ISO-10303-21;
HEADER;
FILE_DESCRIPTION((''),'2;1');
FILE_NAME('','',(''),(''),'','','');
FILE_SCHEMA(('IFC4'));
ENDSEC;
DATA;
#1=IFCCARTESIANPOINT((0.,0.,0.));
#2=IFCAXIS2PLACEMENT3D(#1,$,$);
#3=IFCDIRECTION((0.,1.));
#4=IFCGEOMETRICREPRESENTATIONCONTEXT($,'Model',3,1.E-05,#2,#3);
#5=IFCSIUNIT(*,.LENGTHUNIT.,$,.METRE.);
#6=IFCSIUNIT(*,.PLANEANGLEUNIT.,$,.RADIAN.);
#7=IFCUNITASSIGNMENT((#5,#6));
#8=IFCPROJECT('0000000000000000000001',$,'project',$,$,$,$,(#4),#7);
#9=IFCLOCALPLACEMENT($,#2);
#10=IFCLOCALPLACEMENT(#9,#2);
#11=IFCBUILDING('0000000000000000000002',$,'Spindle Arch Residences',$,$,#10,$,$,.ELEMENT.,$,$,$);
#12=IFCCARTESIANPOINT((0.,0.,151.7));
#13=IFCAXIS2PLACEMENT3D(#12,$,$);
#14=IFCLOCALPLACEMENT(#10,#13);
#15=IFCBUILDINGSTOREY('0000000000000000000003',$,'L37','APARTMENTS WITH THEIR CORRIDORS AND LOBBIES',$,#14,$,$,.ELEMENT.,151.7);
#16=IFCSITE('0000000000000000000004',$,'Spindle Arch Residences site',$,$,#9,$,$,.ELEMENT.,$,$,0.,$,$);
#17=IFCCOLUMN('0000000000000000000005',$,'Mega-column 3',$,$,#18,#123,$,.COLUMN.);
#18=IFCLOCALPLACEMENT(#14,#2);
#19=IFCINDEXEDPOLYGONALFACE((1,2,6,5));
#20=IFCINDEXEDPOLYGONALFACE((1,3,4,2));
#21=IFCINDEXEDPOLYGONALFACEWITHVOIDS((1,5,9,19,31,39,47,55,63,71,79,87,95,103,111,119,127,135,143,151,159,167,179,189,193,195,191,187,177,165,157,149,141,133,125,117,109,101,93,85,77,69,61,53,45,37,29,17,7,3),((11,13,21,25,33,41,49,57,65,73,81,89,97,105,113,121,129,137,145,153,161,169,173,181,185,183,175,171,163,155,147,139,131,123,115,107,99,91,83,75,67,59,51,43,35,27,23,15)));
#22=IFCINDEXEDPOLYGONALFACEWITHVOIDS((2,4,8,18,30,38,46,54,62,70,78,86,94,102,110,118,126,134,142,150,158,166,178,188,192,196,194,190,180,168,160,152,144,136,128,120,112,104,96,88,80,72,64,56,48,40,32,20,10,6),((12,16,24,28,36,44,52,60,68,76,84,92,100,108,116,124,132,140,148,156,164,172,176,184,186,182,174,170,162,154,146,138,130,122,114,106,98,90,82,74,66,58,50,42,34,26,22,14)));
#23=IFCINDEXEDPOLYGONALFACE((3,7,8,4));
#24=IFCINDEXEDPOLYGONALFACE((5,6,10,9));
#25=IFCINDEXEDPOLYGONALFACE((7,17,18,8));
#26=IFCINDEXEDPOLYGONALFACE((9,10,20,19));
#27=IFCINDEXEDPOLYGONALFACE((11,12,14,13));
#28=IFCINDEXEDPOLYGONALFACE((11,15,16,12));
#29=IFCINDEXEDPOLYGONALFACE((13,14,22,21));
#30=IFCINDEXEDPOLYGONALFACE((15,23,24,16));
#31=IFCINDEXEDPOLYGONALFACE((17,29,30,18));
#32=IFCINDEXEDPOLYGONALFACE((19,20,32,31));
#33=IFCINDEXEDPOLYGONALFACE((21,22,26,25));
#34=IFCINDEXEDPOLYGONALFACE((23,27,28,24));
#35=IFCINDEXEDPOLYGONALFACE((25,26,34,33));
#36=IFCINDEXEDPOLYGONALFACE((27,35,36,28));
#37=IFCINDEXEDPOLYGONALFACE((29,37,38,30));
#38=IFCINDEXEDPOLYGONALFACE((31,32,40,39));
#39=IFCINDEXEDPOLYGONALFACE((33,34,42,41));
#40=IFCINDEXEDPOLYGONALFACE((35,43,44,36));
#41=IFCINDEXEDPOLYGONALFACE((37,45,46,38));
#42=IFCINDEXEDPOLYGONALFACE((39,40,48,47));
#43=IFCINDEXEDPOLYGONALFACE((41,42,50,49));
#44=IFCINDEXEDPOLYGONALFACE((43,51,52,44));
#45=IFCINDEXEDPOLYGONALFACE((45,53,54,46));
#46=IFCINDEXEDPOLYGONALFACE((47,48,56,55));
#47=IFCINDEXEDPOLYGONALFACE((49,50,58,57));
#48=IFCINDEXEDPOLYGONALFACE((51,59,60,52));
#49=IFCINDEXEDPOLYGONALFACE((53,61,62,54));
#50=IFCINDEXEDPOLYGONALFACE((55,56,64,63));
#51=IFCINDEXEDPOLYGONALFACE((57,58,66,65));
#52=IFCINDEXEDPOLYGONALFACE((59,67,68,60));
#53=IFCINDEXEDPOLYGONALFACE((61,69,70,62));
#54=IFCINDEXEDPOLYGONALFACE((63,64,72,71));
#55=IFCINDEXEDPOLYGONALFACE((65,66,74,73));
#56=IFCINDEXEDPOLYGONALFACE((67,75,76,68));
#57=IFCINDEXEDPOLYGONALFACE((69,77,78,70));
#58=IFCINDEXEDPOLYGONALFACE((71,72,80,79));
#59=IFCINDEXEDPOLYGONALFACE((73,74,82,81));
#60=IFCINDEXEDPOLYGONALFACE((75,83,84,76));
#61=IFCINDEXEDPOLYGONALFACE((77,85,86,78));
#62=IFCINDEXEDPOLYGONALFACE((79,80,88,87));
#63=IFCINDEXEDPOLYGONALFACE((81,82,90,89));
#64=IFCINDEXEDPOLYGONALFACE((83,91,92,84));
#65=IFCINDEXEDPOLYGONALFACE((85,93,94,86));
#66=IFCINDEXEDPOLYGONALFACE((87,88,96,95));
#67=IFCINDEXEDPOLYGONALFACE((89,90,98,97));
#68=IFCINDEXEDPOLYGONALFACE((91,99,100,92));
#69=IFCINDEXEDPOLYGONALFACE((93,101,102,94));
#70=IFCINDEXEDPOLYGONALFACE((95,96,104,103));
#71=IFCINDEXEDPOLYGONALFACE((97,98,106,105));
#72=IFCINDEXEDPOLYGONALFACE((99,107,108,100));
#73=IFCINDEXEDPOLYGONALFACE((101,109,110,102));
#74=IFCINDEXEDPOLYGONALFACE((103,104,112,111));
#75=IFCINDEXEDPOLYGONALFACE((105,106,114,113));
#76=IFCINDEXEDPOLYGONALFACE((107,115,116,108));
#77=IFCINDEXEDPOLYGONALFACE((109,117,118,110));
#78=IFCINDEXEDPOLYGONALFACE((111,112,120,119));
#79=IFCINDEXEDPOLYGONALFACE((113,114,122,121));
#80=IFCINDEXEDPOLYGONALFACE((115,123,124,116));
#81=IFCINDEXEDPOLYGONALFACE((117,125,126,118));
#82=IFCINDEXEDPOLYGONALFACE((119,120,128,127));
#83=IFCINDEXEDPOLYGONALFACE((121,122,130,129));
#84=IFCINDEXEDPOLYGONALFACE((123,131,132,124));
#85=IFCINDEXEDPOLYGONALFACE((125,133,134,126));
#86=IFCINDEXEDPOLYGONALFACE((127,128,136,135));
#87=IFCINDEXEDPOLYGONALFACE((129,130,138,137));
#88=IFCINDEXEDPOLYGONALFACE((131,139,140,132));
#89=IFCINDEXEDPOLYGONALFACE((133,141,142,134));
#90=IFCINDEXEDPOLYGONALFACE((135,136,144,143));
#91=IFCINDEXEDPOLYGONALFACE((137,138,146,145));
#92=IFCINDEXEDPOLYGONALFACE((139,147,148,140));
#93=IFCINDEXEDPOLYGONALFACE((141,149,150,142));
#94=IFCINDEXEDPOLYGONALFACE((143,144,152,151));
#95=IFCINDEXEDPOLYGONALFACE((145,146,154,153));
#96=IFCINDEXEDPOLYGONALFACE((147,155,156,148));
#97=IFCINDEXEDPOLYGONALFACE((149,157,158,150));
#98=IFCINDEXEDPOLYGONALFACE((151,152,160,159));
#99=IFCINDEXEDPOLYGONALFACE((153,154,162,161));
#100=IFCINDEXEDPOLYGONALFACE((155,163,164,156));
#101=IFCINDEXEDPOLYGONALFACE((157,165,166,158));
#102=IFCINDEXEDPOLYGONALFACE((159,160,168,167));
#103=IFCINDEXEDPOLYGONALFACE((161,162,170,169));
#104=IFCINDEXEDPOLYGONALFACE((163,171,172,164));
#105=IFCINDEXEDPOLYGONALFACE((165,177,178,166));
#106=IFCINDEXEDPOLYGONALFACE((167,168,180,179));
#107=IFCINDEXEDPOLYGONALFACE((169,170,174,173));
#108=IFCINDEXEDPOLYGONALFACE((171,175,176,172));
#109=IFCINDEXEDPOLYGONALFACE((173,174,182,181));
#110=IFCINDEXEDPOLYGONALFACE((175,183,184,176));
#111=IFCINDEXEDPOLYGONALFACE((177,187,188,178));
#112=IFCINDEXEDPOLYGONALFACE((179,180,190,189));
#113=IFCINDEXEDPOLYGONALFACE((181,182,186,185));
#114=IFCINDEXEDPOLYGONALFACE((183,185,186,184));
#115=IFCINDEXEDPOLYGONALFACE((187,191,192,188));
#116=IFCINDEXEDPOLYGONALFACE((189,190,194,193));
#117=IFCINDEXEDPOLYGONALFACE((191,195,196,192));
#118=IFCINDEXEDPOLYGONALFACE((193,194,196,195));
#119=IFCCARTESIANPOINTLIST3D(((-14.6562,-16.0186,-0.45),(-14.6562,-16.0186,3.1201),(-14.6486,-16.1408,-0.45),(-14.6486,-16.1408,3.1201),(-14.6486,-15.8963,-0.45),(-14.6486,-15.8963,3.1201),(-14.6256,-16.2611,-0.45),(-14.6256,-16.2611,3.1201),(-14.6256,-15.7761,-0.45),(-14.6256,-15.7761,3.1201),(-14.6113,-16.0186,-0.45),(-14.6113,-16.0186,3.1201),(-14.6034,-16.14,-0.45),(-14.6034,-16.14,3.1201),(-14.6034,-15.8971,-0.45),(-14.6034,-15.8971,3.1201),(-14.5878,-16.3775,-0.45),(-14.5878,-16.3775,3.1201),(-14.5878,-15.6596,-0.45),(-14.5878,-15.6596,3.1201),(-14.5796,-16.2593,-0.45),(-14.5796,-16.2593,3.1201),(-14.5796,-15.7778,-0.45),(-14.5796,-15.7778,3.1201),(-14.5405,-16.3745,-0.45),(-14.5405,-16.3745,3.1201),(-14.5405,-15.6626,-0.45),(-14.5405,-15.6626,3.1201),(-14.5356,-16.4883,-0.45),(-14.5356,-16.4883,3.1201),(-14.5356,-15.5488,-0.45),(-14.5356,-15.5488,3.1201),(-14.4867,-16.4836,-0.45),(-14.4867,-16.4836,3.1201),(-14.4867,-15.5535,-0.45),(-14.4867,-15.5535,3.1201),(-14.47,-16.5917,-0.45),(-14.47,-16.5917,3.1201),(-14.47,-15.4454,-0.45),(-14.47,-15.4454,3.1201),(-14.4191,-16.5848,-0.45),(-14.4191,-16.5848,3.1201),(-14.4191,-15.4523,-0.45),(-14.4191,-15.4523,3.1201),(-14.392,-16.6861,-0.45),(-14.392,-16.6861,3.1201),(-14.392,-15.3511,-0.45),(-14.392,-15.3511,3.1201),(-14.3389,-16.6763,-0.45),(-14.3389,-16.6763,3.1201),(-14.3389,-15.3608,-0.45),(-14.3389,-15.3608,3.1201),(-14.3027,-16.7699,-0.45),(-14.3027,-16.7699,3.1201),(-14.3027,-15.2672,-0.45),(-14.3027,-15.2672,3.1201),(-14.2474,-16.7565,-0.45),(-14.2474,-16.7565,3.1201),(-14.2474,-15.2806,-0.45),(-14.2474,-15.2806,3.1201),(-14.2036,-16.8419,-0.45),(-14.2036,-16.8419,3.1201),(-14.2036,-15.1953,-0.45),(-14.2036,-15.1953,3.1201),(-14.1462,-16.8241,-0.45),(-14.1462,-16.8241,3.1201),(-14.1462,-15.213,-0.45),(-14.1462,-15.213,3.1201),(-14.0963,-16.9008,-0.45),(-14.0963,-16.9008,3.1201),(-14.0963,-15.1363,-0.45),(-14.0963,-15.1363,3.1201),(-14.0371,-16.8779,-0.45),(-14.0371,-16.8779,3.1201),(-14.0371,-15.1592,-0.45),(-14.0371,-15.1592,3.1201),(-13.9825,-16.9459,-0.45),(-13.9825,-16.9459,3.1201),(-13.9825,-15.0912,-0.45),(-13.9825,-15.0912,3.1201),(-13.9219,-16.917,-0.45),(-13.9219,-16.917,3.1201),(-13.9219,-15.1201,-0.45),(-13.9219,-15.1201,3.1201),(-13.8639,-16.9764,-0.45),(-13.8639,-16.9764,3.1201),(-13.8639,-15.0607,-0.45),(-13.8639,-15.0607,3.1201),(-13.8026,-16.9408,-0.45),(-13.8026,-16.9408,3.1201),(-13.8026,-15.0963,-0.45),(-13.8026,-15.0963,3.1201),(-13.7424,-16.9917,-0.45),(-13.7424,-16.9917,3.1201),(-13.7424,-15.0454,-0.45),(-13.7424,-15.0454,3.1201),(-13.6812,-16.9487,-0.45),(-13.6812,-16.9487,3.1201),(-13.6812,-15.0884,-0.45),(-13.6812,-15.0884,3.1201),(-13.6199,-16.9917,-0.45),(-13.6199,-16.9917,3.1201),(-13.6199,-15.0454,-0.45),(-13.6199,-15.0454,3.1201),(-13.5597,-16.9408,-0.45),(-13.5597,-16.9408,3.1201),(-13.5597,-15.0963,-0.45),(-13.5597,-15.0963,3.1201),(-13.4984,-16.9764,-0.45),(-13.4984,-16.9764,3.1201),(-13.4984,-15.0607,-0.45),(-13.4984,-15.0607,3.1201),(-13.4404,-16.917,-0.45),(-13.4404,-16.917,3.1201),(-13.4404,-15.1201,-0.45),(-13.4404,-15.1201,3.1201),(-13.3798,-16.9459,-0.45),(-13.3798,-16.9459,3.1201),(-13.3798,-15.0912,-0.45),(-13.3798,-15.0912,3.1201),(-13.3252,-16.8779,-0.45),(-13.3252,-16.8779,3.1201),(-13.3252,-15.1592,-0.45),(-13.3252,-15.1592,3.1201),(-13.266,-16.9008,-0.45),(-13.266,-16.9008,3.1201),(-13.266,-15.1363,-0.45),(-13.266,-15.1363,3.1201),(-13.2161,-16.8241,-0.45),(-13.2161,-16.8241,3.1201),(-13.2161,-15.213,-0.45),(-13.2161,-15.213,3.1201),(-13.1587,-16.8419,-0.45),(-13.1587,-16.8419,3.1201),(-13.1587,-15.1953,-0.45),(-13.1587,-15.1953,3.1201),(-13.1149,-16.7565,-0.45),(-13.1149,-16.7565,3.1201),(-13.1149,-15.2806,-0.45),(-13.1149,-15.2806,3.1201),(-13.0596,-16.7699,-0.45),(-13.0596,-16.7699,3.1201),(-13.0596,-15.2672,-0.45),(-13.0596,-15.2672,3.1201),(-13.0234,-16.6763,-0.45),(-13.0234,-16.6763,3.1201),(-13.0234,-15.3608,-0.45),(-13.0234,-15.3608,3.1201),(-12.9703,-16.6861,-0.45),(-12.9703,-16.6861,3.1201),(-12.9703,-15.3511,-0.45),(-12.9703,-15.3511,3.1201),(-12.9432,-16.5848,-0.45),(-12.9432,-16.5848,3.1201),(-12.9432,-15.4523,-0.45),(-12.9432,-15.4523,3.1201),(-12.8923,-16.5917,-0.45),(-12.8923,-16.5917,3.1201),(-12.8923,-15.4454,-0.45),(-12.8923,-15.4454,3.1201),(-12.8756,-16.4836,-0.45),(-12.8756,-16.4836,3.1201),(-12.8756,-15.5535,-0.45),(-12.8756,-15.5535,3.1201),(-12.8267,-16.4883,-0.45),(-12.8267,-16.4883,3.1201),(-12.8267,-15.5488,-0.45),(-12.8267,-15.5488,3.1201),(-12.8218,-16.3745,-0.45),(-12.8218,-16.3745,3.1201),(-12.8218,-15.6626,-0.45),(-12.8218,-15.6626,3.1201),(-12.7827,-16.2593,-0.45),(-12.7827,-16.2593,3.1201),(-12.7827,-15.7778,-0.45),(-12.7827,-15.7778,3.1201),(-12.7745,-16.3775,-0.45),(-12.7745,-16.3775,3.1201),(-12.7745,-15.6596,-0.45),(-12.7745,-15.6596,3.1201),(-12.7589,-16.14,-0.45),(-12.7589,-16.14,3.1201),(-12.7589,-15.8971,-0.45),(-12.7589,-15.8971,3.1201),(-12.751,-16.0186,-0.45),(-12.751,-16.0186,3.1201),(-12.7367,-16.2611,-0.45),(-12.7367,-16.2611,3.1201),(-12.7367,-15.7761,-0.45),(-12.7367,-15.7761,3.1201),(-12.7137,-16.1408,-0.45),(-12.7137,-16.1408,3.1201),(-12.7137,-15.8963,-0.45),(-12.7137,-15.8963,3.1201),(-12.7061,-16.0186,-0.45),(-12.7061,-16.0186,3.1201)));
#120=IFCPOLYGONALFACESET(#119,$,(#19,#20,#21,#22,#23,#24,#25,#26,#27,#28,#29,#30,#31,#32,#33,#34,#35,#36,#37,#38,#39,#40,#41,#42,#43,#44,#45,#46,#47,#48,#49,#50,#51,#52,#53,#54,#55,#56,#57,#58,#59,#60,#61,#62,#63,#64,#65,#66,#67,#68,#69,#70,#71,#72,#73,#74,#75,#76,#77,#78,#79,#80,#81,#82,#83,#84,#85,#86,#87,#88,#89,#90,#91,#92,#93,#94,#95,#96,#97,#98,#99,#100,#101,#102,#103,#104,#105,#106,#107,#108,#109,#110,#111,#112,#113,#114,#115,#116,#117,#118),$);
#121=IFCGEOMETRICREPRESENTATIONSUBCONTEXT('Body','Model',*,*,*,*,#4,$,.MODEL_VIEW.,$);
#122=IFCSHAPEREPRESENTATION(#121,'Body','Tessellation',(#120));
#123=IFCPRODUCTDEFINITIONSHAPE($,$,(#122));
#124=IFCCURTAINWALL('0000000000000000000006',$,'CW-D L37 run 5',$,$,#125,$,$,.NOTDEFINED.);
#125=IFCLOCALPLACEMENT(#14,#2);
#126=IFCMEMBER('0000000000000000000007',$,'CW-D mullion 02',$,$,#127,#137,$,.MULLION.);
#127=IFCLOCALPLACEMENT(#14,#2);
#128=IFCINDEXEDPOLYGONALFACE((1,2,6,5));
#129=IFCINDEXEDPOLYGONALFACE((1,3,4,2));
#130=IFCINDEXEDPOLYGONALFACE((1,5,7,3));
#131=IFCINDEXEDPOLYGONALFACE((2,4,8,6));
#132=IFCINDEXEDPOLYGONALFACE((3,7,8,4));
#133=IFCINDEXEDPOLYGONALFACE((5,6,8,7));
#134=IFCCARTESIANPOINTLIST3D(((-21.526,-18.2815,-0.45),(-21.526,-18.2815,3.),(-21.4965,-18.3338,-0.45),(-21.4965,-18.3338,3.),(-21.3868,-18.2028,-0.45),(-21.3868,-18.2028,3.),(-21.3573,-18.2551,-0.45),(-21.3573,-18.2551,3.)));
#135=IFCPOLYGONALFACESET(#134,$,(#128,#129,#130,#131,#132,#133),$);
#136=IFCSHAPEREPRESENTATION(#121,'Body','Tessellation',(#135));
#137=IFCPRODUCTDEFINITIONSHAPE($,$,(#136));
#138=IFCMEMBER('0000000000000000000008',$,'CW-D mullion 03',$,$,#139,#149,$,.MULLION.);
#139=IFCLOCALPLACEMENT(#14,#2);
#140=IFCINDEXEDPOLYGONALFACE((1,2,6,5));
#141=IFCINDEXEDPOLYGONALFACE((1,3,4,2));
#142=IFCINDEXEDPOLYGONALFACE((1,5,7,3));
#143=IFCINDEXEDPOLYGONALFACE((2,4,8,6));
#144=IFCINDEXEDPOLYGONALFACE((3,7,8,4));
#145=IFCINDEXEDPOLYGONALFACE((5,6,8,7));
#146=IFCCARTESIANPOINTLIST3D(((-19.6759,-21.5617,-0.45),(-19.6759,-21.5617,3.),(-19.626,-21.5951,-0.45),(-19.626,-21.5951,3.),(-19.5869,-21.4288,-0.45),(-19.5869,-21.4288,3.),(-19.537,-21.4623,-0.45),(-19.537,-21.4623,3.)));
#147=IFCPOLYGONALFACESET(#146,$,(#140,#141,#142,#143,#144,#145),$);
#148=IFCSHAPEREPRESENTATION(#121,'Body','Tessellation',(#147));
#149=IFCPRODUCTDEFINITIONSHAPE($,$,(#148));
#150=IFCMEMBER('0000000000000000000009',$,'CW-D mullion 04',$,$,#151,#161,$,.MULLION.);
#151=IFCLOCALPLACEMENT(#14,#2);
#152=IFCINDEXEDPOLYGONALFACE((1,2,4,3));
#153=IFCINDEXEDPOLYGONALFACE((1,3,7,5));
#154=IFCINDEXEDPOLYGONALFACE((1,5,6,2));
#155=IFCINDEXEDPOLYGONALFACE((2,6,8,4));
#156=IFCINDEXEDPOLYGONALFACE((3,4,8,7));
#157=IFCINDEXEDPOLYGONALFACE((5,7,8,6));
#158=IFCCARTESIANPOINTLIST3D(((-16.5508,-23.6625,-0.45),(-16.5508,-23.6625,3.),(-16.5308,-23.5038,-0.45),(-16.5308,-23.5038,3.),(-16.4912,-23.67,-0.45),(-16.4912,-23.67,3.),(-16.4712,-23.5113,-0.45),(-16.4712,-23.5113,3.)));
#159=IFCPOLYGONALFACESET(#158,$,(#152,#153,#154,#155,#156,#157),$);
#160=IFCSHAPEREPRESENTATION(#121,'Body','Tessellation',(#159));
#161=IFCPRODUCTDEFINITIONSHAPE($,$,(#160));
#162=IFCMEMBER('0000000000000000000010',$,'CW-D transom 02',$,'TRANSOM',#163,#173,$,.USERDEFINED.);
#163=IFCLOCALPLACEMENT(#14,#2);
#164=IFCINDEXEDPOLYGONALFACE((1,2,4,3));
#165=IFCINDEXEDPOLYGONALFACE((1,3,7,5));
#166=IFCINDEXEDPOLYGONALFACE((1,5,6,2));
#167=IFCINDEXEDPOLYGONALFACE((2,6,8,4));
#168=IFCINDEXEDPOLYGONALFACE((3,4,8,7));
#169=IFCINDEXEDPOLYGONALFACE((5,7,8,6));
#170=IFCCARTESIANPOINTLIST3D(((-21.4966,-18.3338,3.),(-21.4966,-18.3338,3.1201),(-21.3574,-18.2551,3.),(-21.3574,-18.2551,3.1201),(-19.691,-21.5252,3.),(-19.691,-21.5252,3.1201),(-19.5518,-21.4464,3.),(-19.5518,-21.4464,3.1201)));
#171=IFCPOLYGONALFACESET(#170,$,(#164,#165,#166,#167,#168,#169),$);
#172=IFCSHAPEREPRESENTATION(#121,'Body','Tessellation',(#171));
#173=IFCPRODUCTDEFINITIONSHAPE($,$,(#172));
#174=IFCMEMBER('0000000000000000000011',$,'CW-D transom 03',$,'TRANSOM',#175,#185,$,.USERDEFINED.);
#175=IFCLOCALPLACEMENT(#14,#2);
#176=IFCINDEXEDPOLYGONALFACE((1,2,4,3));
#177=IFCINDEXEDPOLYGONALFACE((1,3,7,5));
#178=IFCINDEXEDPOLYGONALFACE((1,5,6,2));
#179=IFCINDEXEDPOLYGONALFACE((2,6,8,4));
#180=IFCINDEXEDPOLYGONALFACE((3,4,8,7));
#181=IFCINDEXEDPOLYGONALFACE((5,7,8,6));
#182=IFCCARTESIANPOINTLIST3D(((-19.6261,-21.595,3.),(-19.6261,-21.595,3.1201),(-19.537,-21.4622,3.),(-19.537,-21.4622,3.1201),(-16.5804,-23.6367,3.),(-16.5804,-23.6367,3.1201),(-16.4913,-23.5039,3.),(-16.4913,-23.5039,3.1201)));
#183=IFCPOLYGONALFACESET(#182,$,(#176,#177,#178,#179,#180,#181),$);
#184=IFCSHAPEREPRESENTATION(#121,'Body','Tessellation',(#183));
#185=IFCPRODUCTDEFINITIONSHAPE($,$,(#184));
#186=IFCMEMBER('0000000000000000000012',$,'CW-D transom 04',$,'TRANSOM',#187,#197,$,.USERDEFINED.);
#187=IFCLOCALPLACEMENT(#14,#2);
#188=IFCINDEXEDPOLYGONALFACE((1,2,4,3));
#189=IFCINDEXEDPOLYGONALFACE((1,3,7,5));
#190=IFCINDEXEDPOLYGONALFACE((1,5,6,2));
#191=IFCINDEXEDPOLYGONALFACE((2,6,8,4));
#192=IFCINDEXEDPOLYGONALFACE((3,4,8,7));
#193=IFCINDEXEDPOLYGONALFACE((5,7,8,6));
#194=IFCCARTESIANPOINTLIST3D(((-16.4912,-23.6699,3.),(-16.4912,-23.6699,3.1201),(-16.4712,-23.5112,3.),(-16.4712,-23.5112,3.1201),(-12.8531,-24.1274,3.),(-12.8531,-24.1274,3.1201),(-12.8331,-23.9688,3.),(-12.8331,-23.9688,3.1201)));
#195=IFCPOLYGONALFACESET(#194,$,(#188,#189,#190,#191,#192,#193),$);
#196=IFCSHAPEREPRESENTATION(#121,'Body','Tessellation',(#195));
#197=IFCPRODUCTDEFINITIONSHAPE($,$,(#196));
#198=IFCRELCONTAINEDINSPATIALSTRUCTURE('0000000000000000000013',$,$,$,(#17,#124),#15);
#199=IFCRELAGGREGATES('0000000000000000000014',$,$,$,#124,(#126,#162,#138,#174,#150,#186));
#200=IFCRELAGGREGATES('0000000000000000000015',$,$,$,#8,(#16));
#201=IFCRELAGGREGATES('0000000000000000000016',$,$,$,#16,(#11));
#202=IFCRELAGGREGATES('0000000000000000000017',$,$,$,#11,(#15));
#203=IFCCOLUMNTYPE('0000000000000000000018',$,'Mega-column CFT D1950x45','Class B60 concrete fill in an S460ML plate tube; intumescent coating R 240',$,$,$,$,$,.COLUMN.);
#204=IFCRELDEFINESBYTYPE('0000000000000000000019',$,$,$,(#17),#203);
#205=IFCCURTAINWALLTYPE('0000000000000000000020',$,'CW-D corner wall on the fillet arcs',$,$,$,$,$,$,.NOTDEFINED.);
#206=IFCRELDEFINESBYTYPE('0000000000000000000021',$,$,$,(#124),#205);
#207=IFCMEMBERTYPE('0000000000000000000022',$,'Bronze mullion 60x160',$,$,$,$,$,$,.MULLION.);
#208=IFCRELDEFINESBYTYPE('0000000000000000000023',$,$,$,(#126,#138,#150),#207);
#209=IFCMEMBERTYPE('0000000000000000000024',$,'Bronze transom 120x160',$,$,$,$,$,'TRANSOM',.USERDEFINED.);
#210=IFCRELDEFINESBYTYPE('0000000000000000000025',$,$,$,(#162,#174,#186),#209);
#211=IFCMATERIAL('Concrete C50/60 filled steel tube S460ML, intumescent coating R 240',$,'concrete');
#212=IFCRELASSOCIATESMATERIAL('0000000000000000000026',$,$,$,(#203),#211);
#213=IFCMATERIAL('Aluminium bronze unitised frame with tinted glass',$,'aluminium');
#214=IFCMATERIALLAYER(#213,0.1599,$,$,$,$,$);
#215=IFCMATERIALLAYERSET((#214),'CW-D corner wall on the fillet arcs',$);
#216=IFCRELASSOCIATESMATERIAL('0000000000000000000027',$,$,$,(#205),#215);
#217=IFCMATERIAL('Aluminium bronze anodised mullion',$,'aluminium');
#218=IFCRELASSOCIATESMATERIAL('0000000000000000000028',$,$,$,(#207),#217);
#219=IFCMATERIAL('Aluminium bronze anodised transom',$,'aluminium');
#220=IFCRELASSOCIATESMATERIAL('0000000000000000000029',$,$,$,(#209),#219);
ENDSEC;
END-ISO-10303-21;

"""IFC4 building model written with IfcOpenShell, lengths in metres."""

from ifc_helpers import new_model, si_unit, direction, frame, origin, origin_2d, place, context, subcontext, project, spatial, rectangle, hollow_circle, extrude, material, layer, layer_set, material_profile, profile_set, type_object, element, aggregate, save


model = new_model("IFC4")

# Units and contexts
model_context = context("Model", 3, precision=1e-05, world=origin(), true_north=direction((0.0, 1.0)))
body_context = subcontext(model_context, "Body", "Model", "MODEL_VIEW")
ifc_project = project(units=[si_unit("LENGTHUNIT", "METRE"), si_unit("PLANEANGLEUNIT", "RADIAN")], contexts=[model_context])

# Site, building, storey
site_placement = place(None, origin())
site = spatial("IfcSite", under=ifc_project, at=site_placement, Name="Spindle Arch Residences site", CompositionType="ELEMENT", RefElevation=0.0)
building_placement = place(site_placement, origin())
building = spatial("IfcBuilding", under=site, at=building_placement, Name="Spindle Arch Residences", CompositionType="ELEMENT")
storey_placement = place(building_placement, frame((0.0, 0.0, 151.7)))
storey = spatial("IfcBuildingStorey", under=building, at=storey_placement, Name="L37", Description="APARTMENTS WITH THEIR CORRIDORS AND LOBBIES", CompositionType="ELEMENT", Elevation=151.7)

# Column
ifc_material_1 = material(Name="Concrete C50/60 filled steel tube S460ML, intumescent coating R 240", Category="concrete")
ifc_material_profile_1 = material_profile(ifc_material_1, hollow_circle(Radius=0.9751, WallThickness=0.0449, at=origin_2d()), Name="CFT D1950x45")
ifc_profile_set_1 = profile_set([ifc_material_profile_1], Name="Concrete C50/60 filled steel tube S460ML, intumescent coating R 240")
column_type_1 = type_object("IfcColumnType", Name="Mega-column CFT D1950x45", Description="Class B60 concrete fill in an S460ML plate tube; intumescent coating R 240", PredefinedType="COLUMN", material=ifc_profile_set_1)
column_placement = place(storey_placement, frame((-13.6812, -16.0186, -0.45), z_axis=(0.0, 0.0, 1.0), x_axis=(1.0, 0.0, 0.0)))
element("IfcColumn", 1, at=column_placement, inside=storey, type_object=column_type_1, Name="Mega-column 3", PredefinedType="COLUMN", context=body_context, shape_type="SweptSolid", body=[
    extrude(hollow_circle(Radius=0.9751, WallThickness=0.0449, at=origin_2d()), origin(), (0.0, 0.0, 1.0), 3.5701),
])

# Curtain wall, members
ifc_material_2 = material(Name="Aluminium bronze unitised frame with tinted glass", Category="aluminium")
ifc_layer_1 = layer(ifc_material_2, 0.1599)
ifc_layer_set_1 = layer_set([ifc_layer_1], Name="CW-D corner wall on the fillet arcs")
curtain_wall_type = type_object("IfcCurtainWallType", Name="CW-D corner wall on the fillet arcs", PredefinedType="NOTDEFINED", material=ifc_layer_set_1)
curtain_wall_placement = place(storey_placement, origin())
curtain_wall = element("IfcCurtainWall", 2, at=curtain_wall_placement, inside=storey, type_object=curtain_wall_type, Name="CW-D L37 run 5", PredefinedType="NOTDEFINED")
ifc_material_3 = material(Name="Aluminium bronze anodised mullion", Category="aluminium")
ifc_material_profile_2 = material_profile(ifc_material_3, rectangle(XDim=0.1599, YDim=0.0601, at=origin_2d()), Name="MU 60x160")
ifc_profile_set_2 = profile_set([ifc_material_profile_2], Name="Aluminium bronze anodised mullion")
member_type_1 = type_object("IfcMemberType", Name="Bronze mullion 60x160", PredefinedType="MULLION", material=ifc_profile_set_2)
member_1_placement = place(storey_placement, frame((-21.4417, -18.2683, -0.45), z_axis=(0.0, 0.0, 1.0), x_axis=(0.870356, 0.492424, 0.0)))
member_1 = element("IfcMember", 3, at=member_1_placement, type_object=member_type_1, Name="CW-D mullion 02", PredefinedType="MULLION", context=body_context, shape_type="SweptSolid", body=[
    extrude(rectangle(XDim=0.1599, YDim=0.0601, at=origin_2d()), origin(), (0.0, 0.0, 1.0), 3.45),
])
member_2_placement = place(storey_placement, frame((-19.6064, -21.512, -0.45), z_axis=(0.0, 0.0, 1.0), x_axis=(0.556779, 0.830661, 0.0)))
member_2 = element("IfcMember", 4, at=member_2_placement, type_object=member_type_1, Name="CW-D mullion 03", PredefinedType="MULLION", context=body_context, shape_type="SweptSolid", body=[
    extrude(rectangle(XDim=0.1599, YDim=0.0601, at=origin_2d()), origin(), (0.0, 0.0, 1.0), 3.45),
])
member_3_placement = place(storey_placement, frame((-16.511, -23.5869, -0.45), z_axis=(0.0, 0.0, 1.0), x_axis=(0.124756, 0.992187, 0.0)))
member_3 = element("IfcMember", 5, at=member_3_placement, type_object=member_type_1, Name="CW-D mullion 04", PredefinedType="MULLION", context=body_context, shape_type="SweptSolid", body=[
    extrude(rectangle(XDim=0.1599, YDim=0.0601, at=origin_2d()), origin(), (0.0, 0.0, 1.0), 3.45),
])
ifc_material_4 = material(Name="Aluminium bronze anodised transom", Category="aluminium")
ifc_material_profile_3 = material_profile(ifc_material_4, rectangle(XDim=0.1599, YDim=0.1201, at=origin_2d()), Name="TR 120x160")
ifc_profile_set_3 = profile_set([ifc_material_profile_3], Name="Aluminium bronze anodised transom")
member_type_2 = type_object("IfcMemberType", Name="Bronze transom 120x160", ElementType="TRANSOM", PredefinedType="USERDEFINED", material=ifc_profile_set_3)
member_4_placement = place(storey_placement, frame((-21.427, -18.2944, 3.0601), z_axis=(0.492435, -0.870349, 0.0), x_axis=(0.870349, 0.492435, 0.0)))
member_4 = element("IfcMember", 6, at=member_4_placement, type_object=member_type_2, Name="CW-D transom 02", ObjectType="TRANSOM", PredefinedType="USERDEFINED", context=body_context, shape_type="SweptSolid", body=[
    extrude(rectangle(XDim=0.1599, YDim=0.1201, at=origin_2d()), origin(), (0.0, 0.0, 1.0), 3.6667),
])
member_5_placement = place(storey_placement, frame((-19.5815, -21.5286, 3.0601), z_axis=(0.830624, -0.556834, 0.0), x_axis=(0.556834, 0.830624, 0.0)))
member_5 = element("IfcMember", 7, at=member_5_placement, type_object=member_type_2, Name="CW-D transom 03", ObjectType="TRANSOM", PredefinedType="USERDEFINED", context=body_context, shape_type="SweptSolid", body=[
    extrude(rectangle(XDim=0.1599, YDim=0.1201, at=origin_2d()), origin(), (0.0, 0.0, 1.0), 3.6667),
])
member_6_placement = place(storey_placement, frame((-16.4812, -23.5906, 3.0601), z_axis=(0.992185, -0.124772, 0.0), x_axis=(0.124772, 0.992185, 0.0)))
member_6 = element("IfcMember", 8, at=member_6_placement, type_object=member_type_2, Name="CW-D transom 04", ObjectType="TRANSOM", PredefinedType="USERDEFINED", context=body_context, shape_type="SweptSolid", body=[
    extrude(rectangle(XDim=0.1599, YDim=0.1201, at=origin_2d()), origin(), (0.0, 0.0, 1.0), 3.6667),
])

aggregate(curtain_wall, [member_1, member_4, member_2, member_5, member_3, member_6])

save(model, "model.ifc")
